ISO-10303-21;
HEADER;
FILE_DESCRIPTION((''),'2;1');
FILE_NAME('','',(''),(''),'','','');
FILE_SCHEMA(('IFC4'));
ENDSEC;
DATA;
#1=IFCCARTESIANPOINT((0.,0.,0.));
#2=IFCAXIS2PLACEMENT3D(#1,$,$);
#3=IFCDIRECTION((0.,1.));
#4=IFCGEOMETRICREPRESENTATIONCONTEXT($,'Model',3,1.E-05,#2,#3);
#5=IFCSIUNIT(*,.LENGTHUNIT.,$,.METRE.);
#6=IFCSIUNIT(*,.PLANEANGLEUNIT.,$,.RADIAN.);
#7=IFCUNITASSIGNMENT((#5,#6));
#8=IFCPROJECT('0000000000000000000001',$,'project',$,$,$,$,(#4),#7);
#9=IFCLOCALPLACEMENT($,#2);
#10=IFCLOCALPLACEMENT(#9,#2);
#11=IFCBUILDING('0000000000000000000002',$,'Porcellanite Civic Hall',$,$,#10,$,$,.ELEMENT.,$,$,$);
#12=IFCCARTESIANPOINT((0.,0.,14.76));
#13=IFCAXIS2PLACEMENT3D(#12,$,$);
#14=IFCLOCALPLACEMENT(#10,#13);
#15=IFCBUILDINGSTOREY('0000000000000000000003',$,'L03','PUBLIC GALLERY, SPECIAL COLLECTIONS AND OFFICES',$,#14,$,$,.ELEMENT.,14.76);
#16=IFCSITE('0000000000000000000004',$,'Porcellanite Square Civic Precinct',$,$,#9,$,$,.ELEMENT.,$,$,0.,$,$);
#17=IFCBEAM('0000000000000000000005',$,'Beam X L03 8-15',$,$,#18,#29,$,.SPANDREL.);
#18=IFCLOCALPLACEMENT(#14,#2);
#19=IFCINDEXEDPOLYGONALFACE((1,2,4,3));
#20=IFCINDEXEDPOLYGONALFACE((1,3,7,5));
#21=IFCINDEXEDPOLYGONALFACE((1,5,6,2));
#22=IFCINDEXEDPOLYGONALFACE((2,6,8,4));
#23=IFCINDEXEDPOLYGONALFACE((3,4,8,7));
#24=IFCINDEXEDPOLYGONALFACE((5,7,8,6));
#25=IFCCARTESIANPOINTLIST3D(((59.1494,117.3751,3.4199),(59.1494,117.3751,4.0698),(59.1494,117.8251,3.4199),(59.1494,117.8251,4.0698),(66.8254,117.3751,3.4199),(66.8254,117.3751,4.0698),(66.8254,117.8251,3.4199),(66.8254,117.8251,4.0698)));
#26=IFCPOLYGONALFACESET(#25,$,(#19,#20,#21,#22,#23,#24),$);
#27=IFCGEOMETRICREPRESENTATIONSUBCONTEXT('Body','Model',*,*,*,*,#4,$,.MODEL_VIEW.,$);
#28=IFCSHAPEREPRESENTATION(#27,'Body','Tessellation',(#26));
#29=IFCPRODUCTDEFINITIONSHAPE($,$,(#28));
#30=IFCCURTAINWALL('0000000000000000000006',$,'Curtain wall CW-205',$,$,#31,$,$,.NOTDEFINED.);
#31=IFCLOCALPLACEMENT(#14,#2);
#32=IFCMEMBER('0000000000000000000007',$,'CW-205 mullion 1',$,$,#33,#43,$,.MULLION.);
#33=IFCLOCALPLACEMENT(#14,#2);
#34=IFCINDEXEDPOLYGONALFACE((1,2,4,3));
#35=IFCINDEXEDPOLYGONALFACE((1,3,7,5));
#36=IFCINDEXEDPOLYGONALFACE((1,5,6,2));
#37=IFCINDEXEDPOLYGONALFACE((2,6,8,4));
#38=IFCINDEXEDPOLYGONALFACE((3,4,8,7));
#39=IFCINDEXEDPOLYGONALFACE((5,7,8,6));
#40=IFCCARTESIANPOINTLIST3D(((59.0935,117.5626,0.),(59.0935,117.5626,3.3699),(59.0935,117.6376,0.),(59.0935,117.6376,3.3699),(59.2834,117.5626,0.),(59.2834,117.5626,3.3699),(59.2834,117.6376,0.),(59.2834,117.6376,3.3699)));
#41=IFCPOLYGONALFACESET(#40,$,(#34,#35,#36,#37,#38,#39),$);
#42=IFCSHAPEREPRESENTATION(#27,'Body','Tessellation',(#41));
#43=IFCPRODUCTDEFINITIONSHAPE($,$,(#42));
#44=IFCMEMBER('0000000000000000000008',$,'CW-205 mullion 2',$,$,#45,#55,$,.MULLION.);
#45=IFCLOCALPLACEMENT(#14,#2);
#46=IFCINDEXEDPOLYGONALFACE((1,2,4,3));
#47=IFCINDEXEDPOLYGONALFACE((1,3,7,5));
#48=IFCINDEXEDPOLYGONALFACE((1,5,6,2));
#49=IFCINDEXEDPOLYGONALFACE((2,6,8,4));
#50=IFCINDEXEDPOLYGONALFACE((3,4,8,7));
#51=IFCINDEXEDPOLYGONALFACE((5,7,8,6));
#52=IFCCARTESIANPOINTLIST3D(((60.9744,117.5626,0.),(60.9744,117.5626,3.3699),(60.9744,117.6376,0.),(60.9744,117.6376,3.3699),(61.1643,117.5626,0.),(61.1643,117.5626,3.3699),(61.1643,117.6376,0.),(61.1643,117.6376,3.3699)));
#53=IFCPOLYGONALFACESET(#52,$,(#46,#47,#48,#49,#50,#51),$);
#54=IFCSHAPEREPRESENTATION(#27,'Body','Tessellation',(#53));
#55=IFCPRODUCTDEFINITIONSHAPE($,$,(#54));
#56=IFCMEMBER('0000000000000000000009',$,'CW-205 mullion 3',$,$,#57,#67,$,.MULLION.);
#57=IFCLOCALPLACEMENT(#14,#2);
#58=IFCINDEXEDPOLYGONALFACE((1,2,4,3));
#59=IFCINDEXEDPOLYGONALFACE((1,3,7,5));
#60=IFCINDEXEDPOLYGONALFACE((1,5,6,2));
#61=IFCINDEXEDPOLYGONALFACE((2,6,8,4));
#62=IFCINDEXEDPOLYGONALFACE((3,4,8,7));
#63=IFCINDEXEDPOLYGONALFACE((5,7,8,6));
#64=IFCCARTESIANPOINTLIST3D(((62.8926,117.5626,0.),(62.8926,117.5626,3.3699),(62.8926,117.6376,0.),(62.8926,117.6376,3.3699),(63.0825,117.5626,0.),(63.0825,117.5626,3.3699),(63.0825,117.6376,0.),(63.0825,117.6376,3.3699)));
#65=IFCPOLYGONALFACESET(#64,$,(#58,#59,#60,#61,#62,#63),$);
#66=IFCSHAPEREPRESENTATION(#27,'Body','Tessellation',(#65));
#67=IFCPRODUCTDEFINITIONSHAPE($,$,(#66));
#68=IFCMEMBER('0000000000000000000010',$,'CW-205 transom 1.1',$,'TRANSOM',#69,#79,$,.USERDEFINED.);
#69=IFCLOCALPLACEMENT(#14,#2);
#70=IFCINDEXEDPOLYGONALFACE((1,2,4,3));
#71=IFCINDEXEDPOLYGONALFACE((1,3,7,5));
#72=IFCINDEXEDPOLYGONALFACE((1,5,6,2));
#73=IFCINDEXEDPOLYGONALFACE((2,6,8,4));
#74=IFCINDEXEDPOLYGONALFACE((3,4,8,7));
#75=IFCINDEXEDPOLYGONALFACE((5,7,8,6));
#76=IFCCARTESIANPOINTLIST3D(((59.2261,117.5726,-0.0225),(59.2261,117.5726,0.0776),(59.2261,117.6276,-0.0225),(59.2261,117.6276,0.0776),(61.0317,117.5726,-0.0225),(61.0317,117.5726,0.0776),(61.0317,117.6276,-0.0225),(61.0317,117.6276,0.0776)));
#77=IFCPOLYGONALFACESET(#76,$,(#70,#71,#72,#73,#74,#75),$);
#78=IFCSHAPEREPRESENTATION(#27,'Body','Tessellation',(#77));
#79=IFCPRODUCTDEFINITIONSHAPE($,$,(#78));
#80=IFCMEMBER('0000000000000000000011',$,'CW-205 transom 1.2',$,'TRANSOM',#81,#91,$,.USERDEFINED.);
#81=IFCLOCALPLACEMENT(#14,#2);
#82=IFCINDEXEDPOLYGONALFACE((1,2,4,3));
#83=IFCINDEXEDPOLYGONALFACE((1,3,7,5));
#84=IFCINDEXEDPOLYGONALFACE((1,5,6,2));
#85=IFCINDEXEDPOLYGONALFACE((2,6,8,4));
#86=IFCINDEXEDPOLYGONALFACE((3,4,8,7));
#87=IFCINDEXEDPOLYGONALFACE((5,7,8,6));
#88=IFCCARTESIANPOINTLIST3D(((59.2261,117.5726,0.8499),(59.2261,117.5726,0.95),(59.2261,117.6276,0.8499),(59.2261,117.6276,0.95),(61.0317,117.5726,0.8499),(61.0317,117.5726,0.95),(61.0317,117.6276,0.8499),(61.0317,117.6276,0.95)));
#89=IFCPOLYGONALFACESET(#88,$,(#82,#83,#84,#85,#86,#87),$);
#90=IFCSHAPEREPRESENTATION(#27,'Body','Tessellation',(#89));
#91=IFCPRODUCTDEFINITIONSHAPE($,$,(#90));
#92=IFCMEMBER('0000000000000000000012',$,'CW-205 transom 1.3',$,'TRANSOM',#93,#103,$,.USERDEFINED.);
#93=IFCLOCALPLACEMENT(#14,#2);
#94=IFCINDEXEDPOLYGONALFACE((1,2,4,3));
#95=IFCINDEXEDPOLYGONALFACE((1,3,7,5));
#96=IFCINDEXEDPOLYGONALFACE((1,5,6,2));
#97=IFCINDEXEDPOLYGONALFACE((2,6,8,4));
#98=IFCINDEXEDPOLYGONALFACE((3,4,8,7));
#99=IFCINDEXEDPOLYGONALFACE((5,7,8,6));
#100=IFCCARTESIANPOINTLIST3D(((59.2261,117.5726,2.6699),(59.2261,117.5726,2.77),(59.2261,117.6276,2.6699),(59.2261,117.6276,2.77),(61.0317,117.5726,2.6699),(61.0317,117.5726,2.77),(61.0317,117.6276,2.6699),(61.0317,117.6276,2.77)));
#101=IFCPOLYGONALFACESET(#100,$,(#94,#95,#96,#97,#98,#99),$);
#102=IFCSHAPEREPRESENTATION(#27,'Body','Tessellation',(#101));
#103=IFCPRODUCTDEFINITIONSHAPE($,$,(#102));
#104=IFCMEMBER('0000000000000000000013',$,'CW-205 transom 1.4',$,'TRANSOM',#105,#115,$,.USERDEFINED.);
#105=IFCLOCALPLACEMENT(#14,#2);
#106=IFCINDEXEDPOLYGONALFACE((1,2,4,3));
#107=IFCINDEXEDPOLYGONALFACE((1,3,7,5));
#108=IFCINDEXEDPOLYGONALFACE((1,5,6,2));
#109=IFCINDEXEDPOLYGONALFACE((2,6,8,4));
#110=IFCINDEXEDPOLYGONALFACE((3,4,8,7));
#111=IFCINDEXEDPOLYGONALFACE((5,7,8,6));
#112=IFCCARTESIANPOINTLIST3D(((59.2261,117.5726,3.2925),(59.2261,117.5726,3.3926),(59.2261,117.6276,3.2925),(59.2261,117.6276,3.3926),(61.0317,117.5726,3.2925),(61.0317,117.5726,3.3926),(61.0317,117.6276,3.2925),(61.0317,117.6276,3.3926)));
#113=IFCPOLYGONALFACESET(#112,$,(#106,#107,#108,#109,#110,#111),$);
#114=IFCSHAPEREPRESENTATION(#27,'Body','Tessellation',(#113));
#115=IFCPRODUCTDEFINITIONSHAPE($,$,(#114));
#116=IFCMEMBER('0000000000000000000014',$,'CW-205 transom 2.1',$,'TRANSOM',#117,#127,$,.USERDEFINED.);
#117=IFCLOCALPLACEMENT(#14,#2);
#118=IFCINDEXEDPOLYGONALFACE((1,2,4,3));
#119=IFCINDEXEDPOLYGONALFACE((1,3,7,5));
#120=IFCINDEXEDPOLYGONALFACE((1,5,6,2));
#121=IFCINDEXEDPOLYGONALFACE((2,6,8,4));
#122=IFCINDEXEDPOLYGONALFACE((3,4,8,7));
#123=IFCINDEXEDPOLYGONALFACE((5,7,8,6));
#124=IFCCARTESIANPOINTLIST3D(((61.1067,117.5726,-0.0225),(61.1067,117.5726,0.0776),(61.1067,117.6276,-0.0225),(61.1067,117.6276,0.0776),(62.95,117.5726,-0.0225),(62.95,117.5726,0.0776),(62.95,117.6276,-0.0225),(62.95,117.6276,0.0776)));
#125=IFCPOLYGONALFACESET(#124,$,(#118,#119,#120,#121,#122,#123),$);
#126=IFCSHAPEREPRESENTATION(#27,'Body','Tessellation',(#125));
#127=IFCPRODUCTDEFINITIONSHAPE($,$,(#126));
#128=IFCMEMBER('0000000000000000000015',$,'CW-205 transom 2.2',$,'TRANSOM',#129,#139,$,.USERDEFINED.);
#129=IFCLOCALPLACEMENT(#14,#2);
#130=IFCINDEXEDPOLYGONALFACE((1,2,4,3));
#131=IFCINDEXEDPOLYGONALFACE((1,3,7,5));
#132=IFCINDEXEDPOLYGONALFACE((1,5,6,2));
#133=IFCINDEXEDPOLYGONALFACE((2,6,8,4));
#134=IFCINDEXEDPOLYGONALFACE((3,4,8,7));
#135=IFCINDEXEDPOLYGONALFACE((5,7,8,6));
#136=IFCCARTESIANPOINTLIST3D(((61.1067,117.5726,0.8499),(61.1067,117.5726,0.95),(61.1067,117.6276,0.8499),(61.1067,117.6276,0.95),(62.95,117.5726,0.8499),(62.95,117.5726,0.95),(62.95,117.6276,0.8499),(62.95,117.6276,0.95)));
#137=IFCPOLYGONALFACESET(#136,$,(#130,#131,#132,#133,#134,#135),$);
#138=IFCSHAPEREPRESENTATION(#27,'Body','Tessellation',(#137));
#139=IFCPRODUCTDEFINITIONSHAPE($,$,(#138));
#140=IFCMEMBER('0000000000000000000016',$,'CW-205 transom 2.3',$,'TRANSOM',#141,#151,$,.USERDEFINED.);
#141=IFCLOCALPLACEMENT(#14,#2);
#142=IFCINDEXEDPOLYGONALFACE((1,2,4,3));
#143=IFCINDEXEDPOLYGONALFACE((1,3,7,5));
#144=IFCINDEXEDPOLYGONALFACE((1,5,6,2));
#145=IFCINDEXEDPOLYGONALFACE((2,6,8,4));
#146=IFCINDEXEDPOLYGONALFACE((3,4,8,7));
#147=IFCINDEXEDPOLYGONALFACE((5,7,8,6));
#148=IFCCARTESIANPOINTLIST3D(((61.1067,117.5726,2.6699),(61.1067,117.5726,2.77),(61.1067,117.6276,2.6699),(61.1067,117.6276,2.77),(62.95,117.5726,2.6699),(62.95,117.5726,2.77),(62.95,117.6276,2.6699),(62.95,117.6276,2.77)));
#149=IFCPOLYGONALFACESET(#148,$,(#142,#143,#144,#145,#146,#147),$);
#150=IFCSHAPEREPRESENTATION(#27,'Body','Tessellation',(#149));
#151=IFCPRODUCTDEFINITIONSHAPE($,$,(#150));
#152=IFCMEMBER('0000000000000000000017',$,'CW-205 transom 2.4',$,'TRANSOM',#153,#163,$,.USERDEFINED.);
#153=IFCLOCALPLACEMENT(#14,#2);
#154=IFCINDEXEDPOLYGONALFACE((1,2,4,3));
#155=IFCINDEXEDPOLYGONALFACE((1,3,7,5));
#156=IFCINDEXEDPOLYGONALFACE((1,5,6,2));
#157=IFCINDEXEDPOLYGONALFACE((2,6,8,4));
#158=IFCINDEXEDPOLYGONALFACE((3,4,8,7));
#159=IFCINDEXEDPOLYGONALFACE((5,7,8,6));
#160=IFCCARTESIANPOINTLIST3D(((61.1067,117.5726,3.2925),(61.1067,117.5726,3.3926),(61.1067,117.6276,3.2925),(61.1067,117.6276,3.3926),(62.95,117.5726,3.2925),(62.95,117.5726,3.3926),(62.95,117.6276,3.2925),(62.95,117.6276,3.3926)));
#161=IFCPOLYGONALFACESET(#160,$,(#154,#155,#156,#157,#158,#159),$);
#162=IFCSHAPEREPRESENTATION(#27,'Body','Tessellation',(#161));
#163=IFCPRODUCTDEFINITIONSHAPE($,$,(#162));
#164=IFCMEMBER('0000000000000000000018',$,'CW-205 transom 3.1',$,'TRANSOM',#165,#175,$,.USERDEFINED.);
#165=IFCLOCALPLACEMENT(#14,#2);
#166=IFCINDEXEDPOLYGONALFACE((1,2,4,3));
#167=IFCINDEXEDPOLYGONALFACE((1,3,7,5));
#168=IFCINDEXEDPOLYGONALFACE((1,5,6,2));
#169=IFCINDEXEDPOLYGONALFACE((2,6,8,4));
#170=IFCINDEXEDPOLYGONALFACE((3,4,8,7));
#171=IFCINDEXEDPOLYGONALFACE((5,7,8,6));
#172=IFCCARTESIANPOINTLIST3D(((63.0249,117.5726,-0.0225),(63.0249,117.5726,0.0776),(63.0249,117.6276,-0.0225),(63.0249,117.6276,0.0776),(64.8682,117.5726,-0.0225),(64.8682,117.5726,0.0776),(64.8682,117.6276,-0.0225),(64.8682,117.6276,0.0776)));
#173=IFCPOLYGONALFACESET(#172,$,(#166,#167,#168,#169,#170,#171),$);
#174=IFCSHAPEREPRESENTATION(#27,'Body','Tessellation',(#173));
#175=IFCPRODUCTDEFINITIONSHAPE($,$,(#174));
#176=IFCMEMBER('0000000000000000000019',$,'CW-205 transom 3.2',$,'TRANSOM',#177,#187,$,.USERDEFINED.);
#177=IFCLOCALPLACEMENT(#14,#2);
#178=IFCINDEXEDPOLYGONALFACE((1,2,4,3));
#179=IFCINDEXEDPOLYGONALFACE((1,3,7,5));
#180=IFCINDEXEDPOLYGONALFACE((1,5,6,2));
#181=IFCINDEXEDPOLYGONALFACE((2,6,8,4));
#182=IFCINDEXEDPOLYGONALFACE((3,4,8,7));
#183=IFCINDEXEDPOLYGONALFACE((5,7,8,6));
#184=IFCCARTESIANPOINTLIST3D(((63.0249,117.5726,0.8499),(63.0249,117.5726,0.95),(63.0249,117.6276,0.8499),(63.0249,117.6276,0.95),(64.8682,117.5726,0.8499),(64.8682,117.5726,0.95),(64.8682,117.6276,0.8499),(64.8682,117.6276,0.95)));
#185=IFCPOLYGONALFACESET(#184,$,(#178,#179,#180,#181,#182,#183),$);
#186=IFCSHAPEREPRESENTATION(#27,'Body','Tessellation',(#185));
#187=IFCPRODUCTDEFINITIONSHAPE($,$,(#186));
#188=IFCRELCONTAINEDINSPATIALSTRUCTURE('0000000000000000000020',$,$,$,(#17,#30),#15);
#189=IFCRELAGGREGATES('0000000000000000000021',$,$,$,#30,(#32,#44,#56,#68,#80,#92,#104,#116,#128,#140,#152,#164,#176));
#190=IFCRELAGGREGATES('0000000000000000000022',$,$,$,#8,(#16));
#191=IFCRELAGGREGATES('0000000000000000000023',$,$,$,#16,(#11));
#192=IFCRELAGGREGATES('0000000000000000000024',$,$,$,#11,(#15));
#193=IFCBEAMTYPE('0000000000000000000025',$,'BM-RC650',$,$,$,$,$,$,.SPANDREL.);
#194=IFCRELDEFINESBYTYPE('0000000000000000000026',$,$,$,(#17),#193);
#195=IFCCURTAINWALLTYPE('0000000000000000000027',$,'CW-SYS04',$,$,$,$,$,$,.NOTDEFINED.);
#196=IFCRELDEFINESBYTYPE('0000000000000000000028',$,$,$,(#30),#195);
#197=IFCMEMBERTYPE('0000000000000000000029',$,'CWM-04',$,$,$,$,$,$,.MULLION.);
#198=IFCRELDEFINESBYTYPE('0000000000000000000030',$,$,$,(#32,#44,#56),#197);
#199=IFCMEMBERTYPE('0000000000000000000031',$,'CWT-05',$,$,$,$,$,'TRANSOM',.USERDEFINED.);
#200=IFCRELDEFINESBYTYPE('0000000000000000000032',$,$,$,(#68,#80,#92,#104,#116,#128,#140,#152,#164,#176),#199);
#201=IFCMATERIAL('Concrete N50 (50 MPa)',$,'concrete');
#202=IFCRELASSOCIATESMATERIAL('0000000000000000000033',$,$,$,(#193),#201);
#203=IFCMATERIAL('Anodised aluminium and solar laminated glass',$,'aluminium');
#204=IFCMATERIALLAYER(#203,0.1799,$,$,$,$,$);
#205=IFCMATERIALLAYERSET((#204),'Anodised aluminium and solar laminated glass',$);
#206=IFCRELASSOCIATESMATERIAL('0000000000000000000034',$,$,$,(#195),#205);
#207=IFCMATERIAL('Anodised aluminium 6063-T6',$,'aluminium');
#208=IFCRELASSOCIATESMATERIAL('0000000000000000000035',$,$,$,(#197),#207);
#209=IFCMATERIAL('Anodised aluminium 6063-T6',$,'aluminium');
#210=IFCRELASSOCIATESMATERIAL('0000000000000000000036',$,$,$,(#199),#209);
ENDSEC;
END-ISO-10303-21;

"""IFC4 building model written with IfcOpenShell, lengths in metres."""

from ifc_helpers import new_model, si_unit, direction, frame, origin, origin_2d, place, context, subcontext, project, spatial, rectangle, extrude, material, layer, layer_set, material_profile, profile_set, type_object, element, aggregate, save


model = new_model("IFC4")

# Units and contexts
model_context = context("Model", 3, precision=1e-05, world=origin(), true_north=direction((0.0, 1.0)))
body_context = subcontext(model_context, "Body", "Model", "MODEL_VIEW")
ifc_project = project(units=[si_unit("LENGTHUNIT", "METRE"), si_unit("PLANEANGLEUNIT", "RADIAN")], contexts=[model_context])

# Site, building, storey
site_placement = place(None, origin())
site = spatial("IfcSite", under=ifc_project, at=site_placement, Name="Porcellanite Square Civic Precinct", CompositionType="ELEMENT", RefElevation=0.0)
building_placement = place(site_placement, origin())
building = spatial("IfcBuilding", under=site, at=building_placement, Name="Porcellanite Civic Hall", CompositionType="ELEMENT")
storey_placement = place(building_placement, frame((0.0, 0.0, 14.76)))
storey = spatial("IfcBuildingStorey", under=building, at=storey_placement, Name="L03", Description="PUBLIC GALLERY, SPECIAL COLLECTIONS AND OFFICES", CompositionType="ELEMENT", Elevation=14.76)

# Beam
ifc_material_1 = material(Name="Concrete N50 (50 MPa)", Category="concrete")
ifc_material_profile_1 = material_profile(ifc_material_1, rectangle(XDim=0.45, YDim=0.6499, at=origin_2d()), Name="RC-450x650")
ifc_profile_set_1 = profile_set([ifc_material_profile_1], Name="Concrete N50 (50 MPa)")
beam_type_1 = type_object("IfcBeamType", Name="BM-RC650", PredefinedType="SPANDREL", material=ifc_profile_set_1)
beam_1_placement = place(storey_placement, frame((59.1494, 117.6001, 3.7449), z_axis=(1.0, 0.0, 0.0), x_axis=(0.0, 1.0, 0.0)))
element("IfcBeam", 1, at=beam_1_placement, inside=storey, type_object=beam_type_1, Name="Beam X L03 8-15", PredefinedType="SPANDREL", context=body_context, shape_type="SweptSolid", body=[
    extrude(rectangle(XDim=0.45, YDim=0.6499, at=origin_2d()), origin(), (0.0, 0.0, 1.0), 7.676),
])

# Curtain wall, members
ifc_material_2 = material(Name="Anodised aluminium and solar laminated glass", Category="aluminium")
ifc_layer_1 = layer(ifc_material_2, 0.1799)
ifc_layer_set_1 = layer_set([ifc_layer_1], Name="Anodised aluminium and solar laminated glass")
curtain_wall_type = type_object("IfcCurtainWallType", Name="CW-SYS04", PredefinedType="NOTDEFINED", material=ifc_layer_set_1)
curtain_wall_placement = place(storey_placement, origin())
curtain_wall = element("IfcCurtainWall", 2, at=curtain_wall_placement, inside=storey, type_object=curtain_wall_type, Name="Curtain wall CW-205", PredefinedType="NOTDEFINED")
ifc_material_3 = material(Name="Anodised aluminium 6063-T6", Category="aluminium")
ifc_material_profile_2 = material_profile(ifc_material_3, rectangle(XDim=0.075, YDim=0.1899, at=origin_2d()), Name="AL-75x190")
ifc_profile_set_2 = profile_set([ifc_material_profile_2], Name="Anodised aluminium 6063-T6")
member_type_1 = type_object("IfcMemberType", Name="CWM-04", PredefinedType="MULLION", material=ifc_profile_set_2)
member_1_placement = place(storey_placement, frame((59.1885, 117.6001, 0.0), z_axis=(0.0, 0.0, 1.0), x_axis=(0.0, 1.0, 0.0)))
member_1 = element("IfcMember", 3, at=member_1_placement, type_object=member_type_1, Name="CW-205 mullion 1", PredefinedType="MULLION", context=body_context, shape_type="SweptSolid", body=[
    extrude(rectangle(XDim=0.075, YDim=0.1899, at=origin_2d()), origin(), (0.0, 0.0, 1.0), 3.3699),
])
member_2_placement = place(storey_placement, frame((61.0693, 117.6001, 0.0), z_axis=(0.0, 0.0, 1.0), x_axis=(0.0, 1.0, 0.0)))
member_2 = element("IfcMember", 4, at=member_2_placement, type_object=member_type_1, Name="CW-205 mullion 2", PredefinedType="MULLION", context=body_context, shape_type="SweptSolid", body=[
    extrude(rectangle(XDim=0.075, YDim=0.1899, at=origin_2d()), origin(), (0.0, 0.0, 1.0), 3.3699),
])
member_3_placement = place(storey_placement, frame((62.9875, 117.6001, 0.0), z_axis=(0.0, 0.0, 1.0), x_axis=(0.0, 1.0, 0.0)))
member_3 = element("IfcMember", 5, at=member_3_placement, type_object=member_type_1, Name="CW-205 mullion 3", PredefinedType="MULLION", context=body_context, shape_type="SweptSolid", body=[
    extrude(rectangle(XDim=0.075, YDim=0.1899, at=origin_2d()), origin(), (0.0, 0.0, 1.0), 3.3699),
])
ifc_material_4 = material(Name="Anodised aluminium 6063-T6", Category="aluminium")
ifc_material_profile_3 = material_profile(ifc_material_4, rectangle(XDim=0.0549, YDim=0.1001, at=origin_2d()), Name="AL-55x100")
ifc_profile_set_3 = profile_set([ifc_material_profile_3], Name="Anodised aluminium 6063-T6")
member_type_2 = type_object("IfcMemberType", Name="CWT-05", ElementType="TRANSOM", PredefinedType="USERDEFINED", material=ifc_profile_set_3)
member_4_placement = place(storey_placement, frame((59.2261, 117.6001, 0.0276), z_axis=(1.0, 0.0, 0.0), x_axis=(0.0, 1.0, 0.0)))
member_4 = element("IfcMember", 6, at=member_4_placement, type_object=member_type_2, Name="CW-205 transom 1.1", ObjectType="TRANSOM", PredefinedType="USERDEFINED", context=body_context, shape_type="SweptSolid", body=[
    extrude(rectangle(XDim=0.0549, YDim=0.1001, at=origin_2d()), origin(), (0.0, 0.0, 1.0), 1.8057),
])
member_5_placement = place(storey_placement, frame((59.2261, 117.6001, 0.8999), z_axis=(1.0, 0.0, 0.0), x_axis=(0.0, 1.0, 0.0)))
member_5 = element("IfcMember", 7, at=member_5_placement, type_object=member_type_2, Name="CW-205 transom 1.2", ObjectType="TRANSOM", PredefinedType="USERDEFINED", context=body_context, shape_type="SweptSolid", body=[
    extrude(rectangle(XDim=0.0549, YDim=0.1001, at=origin_2d()), origin(), (0.0, 0.0, 1.0), 1.8057),
])
member_6_placement = place(storey_placement, frame((59.2261, 117.6001, 2.72), z_axis=(1.0, 0.0, 0.0), x_axis=(0.0, 1.0, 0.0)))
member_6 = element("IfcMember", 8, at=member_6_placement, type_object=member_type_2, Name="CW-205 transom 1.3", ObjectType="TRANSOM", PredefinedType="USERDEFINED", context=body_context, shape_type="SweptSolid", body=[
    extrude(rectangle(XDim=0.0549, YDim=0.1001, at=origin_2d()), origin(), (0.0, 0.0, 1.0), 1.8057),
])
member_7_placement = place(storey_placement, frame((59.2261, 117.6001, 3.3425), z_axis=(1.0, 0.0, 0.0), x_axis=(0.0, 1.0, 0.0)))
member_7 = element("IfcMember", 9, at=member_7_placement, type_object=member_type_2, Name="CW-205 transom 1.4", ObjectType="TRANSOM", PredefinedType="USERDEFINED", context=body_context, shape_type="SweptSolid", body=[
    extrude(rectangle(XDim=0.0549, YDim=0.1001, at=origin_2d()), origin(), (0.0, 0.0, 1.0), 1.8057),
])
member_8_placement = place(storey_placement, frame((61.1067, 117.6001, 0.0276), z_axis=(1.0, 0.0, 0.0), x_axis=(0.0, 1.0, 0.0)))
member_8 = element("IfcMember", 10, at=member_8_placement, type_object=member_type_2, Name="CW-205 transom 2.1", ObjectType="TRANSOM", PredefinedType="USERDEFINED", context=body_context, shape_type="SweptSolid", body=[
    extrude(rectangle(XDim=0.0549, YDim=0.1001, at=origin_2d()), origin(), (0.0, 0.0, 1.0), 1.8433),
])
member_9_placement = place(storey_placement, frame((61.1067, 117.6001, 0.8999), z_axis=(1.0, 0.0, 0.0), x_axis=(0.0, 1.0, 0.0)))
member_9 = element("IfcMember", 11, at=member_9_placement, type_object=member_type_2, Name="CW-205 transom 2.2", ObjectType="TRANSOM", PredefinedType="USERDEFINED", context=body_context, shape_type="SweptSolid", body=[
    extrude(rectangle(XDim=0.0549, YDim=0.1001, at=origin_2d()), origin(), (0.0, 0.0, 1.0), 1.8433),
])
member_10_placement = place(storey_placement, frame((61.1067, 117.6001, 2.72), z_axis=(1.0, 0.0, 0.0), x_axis=(0.0, 1.0, 0.0)))
member_10 = element("IfcMember", 12, at=member_10_placement, type_object=member_type_2, Name="CW-205 transom 2.3", ObjectType="TRANSOM", PredefinedType="USERDEFINED", context=body_context, shape_type="SweptSolid", body=[
    extrude(rectangle(XDim=0.0549, YDim=0.1001, at=origin_2d()), origin(), (0.0, 0.0, 1.0), 1.8433),
])
member_11_placement = place(storey_placement, frame((61.1067, 117.6001, 3.3425), z_axis=(1.0, 0.0, 0.0), x_axis=(0.0, 1.0, 0.0)))
member_11 = element("IfcMember", 13, at=member_11_placement, type_object=member_type_2, Name="CW-205 transom 2.4", ObjectType="TRANSOM", PredefinedType="USERDEFINED", context=body_context, shape_type="SweptSolid", body=[
    extrude(rectangle(XDim=0.0549, YDim=0.1001, at=origin_2d()), origin(), (0.0, 0.0, 1.0), 1.8433),
])
member_12_placement = place(storey_placement, frame((63.0249, 117.6001, 0.0276), z_axis=(1.0, 0.0, 0.0), x_axis=(0.0, 1.0, 0.0)))
member_12 = element("IfcMember", 14, at=member_12_placement, type_object=member_type_2, Name="CW-205 transom 3.1", ObjectType="TRANSOM", PredefinedType="USERDEFINED", context=body_context, shape_type="SweptSolid", body=[
    extrude(rectangle(XDim=0.0549, YDim=0.1001, at=origin_2d()), origin(), (0.0, 0.0, 1.0), 1.8433),
])
member_13_placement = place(storey_placement, frame((63.0249, 117.6001, 0.8999), z_axis=(1.0, 0.0, 0.0), x_axis=(0.0, 1.0, 0.0)))
member_13 = element("IfcMember", 15, at=member_13_placement, type_object=member_type_2, Name="CW-205 transom 3.2", ObjectType="TRANSOM", PredefinedType="USERDEFINED", context=body_context, shape_type="SweptSolid", body=[
    extrude(rectangle(XDim=0.0549, YDim=0.1001, at=origin_2d()), origin(), (0.0, 0.0, 1.0), 1.8433),
])

aggregate(curtain_wall, [member_1, member_2, member_3, member_4, member_5, member_6, member_7, member_8, member_9, member_10, member_11, member_12, member_13])

save(model, "model.ifc")
